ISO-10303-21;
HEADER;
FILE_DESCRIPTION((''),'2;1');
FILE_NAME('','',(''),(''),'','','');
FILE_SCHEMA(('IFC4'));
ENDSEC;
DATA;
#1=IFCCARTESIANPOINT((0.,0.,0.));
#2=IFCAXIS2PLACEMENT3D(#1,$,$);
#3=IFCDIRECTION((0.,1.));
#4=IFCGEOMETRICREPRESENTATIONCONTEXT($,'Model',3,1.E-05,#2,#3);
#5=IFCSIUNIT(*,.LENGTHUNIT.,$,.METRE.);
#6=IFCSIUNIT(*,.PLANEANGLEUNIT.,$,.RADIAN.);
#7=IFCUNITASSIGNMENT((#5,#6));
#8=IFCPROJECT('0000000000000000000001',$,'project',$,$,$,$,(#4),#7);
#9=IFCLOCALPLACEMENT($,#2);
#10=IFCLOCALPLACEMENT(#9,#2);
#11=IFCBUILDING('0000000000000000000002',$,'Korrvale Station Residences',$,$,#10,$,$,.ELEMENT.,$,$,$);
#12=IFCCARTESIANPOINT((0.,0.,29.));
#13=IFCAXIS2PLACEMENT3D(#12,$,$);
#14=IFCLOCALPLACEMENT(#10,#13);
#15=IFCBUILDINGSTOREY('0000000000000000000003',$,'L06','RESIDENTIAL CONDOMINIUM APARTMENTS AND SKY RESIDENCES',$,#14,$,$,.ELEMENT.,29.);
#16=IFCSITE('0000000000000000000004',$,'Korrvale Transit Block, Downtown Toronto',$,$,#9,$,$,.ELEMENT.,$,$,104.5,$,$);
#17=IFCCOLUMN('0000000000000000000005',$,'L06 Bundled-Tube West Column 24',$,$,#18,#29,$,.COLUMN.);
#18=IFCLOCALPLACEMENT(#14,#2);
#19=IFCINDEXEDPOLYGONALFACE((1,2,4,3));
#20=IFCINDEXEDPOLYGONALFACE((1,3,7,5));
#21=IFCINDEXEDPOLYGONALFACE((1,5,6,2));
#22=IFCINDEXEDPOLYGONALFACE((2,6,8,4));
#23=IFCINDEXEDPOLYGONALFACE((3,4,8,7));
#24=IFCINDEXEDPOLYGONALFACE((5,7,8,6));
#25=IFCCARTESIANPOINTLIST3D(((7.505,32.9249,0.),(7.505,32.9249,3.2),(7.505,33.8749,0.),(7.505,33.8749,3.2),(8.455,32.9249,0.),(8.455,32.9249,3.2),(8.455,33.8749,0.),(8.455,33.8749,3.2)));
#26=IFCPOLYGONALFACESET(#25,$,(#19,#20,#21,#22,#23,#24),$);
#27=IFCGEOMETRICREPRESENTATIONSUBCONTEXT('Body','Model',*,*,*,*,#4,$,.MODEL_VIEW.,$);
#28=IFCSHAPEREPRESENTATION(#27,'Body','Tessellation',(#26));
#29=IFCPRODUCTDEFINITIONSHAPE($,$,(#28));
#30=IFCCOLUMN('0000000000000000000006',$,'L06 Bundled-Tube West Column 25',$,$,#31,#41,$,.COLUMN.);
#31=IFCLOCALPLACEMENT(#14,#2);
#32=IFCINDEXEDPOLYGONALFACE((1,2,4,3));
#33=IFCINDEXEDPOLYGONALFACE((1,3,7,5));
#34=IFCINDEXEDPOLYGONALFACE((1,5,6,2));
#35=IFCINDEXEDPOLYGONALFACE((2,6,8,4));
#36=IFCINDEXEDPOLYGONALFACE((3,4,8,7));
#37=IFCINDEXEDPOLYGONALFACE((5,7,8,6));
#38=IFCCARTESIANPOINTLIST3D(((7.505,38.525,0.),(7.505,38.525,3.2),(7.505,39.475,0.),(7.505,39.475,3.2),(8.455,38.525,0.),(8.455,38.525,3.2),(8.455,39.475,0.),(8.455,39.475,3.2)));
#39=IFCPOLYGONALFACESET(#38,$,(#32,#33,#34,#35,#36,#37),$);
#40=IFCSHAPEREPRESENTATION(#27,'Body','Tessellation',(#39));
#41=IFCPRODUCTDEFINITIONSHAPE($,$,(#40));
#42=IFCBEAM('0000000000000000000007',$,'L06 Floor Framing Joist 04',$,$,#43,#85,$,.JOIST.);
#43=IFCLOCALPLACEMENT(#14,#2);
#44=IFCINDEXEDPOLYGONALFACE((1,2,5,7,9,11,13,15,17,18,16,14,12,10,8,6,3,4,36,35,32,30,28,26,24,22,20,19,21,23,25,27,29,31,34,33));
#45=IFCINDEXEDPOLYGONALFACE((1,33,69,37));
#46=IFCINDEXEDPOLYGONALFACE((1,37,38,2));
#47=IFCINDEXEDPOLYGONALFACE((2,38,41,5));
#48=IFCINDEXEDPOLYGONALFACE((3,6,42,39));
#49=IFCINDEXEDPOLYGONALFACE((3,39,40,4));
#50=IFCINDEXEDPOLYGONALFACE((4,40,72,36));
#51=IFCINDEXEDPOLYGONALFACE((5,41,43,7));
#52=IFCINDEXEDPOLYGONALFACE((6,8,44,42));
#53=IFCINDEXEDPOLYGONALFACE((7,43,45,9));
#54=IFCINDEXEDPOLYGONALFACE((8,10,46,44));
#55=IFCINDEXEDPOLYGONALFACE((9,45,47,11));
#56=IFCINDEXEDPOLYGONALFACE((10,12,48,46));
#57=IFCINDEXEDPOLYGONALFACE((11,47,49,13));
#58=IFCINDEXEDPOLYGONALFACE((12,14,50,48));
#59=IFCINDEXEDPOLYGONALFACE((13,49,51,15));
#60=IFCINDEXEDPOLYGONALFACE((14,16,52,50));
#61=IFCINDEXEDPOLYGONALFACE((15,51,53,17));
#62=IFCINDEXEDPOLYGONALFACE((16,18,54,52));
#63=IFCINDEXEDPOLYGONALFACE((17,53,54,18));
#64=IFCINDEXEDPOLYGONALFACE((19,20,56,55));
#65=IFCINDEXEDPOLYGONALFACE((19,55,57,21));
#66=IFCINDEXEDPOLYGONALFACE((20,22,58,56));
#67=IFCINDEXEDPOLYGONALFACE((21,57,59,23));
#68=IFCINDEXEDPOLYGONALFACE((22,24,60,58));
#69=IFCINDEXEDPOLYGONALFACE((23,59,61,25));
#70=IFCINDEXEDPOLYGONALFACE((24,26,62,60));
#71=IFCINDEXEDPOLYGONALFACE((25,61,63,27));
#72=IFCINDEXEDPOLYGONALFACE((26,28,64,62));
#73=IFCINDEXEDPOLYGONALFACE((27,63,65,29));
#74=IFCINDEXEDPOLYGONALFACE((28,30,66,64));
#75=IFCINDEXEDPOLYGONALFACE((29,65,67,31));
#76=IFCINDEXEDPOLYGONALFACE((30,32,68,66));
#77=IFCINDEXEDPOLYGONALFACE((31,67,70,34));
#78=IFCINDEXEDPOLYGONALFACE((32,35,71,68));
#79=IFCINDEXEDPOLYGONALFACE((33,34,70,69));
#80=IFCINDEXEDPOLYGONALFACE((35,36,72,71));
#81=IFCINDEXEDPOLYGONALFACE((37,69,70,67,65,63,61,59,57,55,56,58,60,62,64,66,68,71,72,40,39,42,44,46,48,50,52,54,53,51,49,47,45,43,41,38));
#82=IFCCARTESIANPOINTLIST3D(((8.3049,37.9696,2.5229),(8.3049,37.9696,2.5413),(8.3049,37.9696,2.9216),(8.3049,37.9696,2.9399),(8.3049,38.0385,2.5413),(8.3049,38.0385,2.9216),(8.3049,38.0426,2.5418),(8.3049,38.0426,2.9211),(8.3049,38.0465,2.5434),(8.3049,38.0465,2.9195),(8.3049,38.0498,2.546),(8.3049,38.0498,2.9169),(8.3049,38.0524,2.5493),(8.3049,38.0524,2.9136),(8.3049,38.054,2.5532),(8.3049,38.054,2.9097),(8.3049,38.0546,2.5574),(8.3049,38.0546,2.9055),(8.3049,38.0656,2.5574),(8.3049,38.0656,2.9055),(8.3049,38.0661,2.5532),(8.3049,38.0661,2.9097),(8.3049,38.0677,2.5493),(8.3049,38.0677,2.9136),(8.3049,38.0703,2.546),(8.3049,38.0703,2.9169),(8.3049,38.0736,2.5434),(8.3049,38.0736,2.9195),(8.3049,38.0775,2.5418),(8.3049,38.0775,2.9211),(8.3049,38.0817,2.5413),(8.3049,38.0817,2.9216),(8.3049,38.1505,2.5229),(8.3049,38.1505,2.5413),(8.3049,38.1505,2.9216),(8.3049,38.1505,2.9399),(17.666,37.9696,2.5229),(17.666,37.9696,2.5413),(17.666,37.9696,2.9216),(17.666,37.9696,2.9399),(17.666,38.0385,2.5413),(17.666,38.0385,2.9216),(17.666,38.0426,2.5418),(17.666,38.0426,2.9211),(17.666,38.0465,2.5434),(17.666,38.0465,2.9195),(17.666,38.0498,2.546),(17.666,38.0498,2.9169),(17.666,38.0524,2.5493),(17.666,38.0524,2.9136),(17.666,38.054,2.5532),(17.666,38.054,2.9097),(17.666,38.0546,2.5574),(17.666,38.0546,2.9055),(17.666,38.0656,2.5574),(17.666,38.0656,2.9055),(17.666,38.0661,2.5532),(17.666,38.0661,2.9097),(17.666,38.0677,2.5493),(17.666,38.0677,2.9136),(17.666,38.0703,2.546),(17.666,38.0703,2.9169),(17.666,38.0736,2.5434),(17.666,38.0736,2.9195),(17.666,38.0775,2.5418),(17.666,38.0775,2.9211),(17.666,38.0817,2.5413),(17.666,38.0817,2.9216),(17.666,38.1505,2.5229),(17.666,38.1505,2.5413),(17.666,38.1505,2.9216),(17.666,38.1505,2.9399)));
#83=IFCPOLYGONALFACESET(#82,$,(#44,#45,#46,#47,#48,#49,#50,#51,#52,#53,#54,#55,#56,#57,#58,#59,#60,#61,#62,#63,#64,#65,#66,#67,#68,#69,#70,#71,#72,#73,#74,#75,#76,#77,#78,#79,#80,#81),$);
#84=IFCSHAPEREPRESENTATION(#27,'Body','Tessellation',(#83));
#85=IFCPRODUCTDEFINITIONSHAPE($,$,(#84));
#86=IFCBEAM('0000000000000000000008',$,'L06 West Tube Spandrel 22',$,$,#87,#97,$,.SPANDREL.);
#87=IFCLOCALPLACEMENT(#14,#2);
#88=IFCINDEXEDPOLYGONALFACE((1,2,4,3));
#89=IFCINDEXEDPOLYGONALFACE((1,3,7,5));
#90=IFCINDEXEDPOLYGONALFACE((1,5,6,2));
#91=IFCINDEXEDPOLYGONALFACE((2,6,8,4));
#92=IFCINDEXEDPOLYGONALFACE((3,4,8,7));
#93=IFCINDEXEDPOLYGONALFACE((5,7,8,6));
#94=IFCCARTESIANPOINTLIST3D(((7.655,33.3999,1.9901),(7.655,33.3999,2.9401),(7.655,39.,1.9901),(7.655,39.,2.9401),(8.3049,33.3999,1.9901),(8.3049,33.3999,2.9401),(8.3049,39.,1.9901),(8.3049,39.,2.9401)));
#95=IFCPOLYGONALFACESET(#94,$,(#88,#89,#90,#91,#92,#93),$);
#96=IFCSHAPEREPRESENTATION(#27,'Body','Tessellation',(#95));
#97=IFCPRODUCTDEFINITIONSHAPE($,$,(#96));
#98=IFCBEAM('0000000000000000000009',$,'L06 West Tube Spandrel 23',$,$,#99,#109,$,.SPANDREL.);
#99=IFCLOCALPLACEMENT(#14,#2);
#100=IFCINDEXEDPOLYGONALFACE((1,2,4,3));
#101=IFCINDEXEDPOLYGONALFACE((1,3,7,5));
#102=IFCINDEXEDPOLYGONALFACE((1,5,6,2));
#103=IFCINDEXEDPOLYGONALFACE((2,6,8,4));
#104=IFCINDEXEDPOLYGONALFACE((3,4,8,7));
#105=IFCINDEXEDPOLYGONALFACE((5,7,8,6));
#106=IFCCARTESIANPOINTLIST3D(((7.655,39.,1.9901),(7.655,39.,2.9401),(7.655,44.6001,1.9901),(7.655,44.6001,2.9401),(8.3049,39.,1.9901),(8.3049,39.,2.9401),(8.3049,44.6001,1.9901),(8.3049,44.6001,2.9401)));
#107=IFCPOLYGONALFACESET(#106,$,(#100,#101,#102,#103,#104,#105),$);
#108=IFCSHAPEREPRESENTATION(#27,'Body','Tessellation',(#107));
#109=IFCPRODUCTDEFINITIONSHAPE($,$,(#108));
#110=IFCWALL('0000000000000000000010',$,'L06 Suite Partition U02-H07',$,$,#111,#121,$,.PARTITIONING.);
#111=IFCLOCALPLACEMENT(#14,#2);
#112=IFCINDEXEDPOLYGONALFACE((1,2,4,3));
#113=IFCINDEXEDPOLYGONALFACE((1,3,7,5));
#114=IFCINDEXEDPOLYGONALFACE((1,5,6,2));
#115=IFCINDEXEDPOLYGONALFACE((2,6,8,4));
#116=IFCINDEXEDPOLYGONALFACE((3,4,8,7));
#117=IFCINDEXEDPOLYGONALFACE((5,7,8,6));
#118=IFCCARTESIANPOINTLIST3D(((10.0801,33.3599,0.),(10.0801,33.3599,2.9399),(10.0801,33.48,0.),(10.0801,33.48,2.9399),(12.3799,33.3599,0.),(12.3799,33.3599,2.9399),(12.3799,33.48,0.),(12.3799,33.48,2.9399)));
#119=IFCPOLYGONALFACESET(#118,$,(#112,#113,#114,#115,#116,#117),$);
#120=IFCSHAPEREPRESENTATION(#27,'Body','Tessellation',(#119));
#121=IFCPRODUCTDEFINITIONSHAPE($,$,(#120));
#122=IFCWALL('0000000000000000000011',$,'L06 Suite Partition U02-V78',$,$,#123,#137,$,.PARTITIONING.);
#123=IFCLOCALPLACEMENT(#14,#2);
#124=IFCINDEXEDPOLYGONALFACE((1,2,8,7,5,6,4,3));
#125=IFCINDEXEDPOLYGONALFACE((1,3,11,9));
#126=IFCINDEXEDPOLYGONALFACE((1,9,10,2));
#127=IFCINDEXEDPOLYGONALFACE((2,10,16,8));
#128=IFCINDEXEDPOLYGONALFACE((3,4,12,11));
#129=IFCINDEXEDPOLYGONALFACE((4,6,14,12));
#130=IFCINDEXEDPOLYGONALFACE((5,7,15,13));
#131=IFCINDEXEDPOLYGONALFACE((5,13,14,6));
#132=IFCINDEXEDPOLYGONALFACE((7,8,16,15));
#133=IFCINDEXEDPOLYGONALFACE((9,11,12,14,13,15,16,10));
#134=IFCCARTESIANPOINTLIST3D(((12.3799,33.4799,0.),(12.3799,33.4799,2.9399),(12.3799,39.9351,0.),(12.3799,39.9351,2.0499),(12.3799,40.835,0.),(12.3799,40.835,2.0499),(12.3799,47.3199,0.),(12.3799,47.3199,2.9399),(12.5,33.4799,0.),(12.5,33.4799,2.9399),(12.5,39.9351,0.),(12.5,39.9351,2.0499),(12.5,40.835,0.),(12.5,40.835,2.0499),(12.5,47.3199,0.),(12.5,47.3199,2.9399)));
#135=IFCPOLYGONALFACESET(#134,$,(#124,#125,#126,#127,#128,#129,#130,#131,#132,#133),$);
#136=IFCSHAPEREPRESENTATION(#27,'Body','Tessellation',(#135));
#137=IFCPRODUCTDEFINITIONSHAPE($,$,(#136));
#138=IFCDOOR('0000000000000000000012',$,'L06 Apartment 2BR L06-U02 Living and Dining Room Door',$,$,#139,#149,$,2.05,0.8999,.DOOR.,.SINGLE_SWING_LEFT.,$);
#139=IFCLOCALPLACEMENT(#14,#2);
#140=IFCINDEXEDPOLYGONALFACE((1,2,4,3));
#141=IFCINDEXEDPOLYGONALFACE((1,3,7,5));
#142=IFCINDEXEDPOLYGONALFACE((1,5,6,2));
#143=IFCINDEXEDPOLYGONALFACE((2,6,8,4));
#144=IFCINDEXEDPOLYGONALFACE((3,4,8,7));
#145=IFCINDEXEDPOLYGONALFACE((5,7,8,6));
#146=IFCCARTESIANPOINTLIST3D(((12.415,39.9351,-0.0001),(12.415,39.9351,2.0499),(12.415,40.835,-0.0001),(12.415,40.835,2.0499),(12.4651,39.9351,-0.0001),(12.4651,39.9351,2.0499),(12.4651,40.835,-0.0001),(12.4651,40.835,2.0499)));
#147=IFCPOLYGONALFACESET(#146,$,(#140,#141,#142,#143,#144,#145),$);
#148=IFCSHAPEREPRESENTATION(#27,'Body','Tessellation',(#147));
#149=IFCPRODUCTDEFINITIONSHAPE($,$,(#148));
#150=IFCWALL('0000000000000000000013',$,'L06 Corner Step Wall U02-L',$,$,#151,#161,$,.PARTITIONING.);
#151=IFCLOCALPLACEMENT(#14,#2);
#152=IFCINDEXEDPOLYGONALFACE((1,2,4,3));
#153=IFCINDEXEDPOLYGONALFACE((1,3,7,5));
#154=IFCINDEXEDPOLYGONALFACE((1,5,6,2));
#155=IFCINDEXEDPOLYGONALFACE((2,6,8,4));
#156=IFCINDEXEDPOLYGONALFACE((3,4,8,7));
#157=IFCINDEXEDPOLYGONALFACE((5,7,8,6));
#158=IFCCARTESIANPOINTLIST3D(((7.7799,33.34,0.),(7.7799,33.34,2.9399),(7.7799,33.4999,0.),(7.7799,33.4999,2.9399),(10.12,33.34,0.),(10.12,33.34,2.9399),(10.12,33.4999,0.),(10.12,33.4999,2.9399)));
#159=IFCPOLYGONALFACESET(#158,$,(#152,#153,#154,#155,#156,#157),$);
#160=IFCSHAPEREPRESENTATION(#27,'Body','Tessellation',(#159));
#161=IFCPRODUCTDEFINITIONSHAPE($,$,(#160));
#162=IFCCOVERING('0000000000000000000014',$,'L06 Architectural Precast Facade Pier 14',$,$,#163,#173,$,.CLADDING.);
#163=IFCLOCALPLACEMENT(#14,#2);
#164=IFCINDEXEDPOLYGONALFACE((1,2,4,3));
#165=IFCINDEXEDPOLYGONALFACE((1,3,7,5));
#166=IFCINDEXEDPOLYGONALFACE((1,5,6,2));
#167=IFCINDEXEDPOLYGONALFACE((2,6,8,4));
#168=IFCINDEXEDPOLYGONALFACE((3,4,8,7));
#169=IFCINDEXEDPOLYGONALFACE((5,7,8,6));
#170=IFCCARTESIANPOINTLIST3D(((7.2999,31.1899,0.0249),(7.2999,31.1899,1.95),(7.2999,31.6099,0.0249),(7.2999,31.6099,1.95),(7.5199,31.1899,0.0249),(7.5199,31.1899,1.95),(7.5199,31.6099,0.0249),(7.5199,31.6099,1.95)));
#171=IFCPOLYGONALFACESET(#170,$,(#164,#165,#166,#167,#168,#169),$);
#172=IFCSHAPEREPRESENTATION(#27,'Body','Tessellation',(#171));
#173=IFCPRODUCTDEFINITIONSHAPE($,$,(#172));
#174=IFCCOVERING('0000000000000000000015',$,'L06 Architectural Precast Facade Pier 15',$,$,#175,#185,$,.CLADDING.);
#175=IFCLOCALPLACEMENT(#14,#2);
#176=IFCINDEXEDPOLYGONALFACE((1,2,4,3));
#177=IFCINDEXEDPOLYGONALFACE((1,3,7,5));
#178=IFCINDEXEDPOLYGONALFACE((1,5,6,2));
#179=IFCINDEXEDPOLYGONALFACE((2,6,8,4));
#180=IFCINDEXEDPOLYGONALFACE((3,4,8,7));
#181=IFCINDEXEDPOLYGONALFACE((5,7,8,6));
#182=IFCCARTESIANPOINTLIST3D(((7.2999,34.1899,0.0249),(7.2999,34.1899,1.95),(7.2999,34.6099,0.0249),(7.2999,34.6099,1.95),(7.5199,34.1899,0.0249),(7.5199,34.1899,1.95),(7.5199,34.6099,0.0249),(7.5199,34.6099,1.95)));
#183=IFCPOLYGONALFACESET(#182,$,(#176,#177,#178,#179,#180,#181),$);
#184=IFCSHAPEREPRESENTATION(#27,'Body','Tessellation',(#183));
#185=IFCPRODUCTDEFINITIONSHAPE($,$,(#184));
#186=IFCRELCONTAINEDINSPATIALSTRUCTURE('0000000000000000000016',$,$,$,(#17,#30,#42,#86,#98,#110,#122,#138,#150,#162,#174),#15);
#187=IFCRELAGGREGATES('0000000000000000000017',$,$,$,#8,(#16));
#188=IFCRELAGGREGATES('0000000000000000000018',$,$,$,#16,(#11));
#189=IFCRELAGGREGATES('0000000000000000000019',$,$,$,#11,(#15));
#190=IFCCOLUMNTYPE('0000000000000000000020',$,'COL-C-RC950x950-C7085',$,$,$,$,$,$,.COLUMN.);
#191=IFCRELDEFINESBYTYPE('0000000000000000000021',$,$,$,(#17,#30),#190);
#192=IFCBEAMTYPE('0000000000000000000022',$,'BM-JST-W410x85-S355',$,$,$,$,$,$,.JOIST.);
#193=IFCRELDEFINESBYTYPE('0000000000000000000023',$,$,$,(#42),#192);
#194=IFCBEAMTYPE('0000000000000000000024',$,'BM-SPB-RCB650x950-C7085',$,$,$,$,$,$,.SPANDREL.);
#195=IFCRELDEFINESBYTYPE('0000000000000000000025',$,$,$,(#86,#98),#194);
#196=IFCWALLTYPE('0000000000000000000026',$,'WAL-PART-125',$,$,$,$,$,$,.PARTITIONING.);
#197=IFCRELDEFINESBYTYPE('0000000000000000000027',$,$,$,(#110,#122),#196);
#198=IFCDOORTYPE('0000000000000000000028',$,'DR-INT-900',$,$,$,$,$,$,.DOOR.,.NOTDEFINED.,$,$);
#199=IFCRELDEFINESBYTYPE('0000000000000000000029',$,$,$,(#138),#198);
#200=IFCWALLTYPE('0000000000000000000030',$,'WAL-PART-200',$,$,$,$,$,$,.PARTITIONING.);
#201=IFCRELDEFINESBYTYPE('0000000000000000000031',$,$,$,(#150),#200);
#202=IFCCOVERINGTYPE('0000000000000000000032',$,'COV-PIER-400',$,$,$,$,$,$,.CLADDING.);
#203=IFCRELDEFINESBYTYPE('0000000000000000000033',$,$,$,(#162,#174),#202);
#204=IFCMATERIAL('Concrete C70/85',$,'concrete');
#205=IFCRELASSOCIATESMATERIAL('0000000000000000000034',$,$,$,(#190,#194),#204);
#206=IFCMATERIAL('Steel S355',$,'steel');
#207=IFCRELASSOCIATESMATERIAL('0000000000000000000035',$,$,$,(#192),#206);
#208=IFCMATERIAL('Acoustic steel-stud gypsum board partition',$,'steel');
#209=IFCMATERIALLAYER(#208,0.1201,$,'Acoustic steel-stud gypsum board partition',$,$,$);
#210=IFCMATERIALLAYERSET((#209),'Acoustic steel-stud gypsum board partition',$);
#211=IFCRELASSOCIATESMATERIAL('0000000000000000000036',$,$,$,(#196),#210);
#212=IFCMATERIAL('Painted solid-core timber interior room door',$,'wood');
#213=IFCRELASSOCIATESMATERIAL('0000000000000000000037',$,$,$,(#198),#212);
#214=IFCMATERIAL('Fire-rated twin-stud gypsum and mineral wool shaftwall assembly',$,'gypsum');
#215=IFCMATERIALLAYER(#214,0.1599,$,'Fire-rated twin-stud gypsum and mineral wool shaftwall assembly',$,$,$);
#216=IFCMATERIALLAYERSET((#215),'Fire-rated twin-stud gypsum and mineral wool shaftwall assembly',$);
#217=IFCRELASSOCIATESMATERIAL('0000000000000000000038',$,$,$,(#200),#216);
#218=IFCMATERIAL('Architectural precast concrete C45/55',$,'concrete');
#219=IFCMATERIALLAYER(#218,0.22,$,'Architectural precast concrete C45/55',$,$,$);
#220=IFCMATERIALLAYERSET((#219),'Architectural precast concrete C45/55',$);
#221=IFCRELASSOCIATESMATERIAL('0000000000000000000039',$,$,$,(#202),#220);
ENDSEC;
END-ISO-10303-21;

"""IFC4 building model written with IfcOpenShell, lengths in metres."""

from ifc_helpers import new_model, si_unit, direction, frame, frame_2d, origin, origin_2d, place, context, subcontext, project, spatial, rectangle, i_section, extrude, material, layer, layer_set, material_profile, profile_set, type_object, element, fill, save


model = new_model("IFC4")

# Units and contexts
model_context = context("Model", 3, precision=1e-05, world=origin(), true_north=direction((0.0, 1.0)))
body_context = subcontext(model_context, "Body", "Model", "MODEL_VIEW")
ifc_project = project(units=[si_unit("LENGTHUNIT", "METRE"), si_unit("PLANEANGLEUNIT", "RADIAN")], contexts=[model_context])

# Site, building, storey
site_placement = place(None, origin())
site = spatial("IfcSite", under=ifc_project, at=site_placement, Name="Korrvale Transit Block, Downtown Toronto", CompositionType="ELEMENT", RefElevation=104.5)
building_placement = place(site_placement, origin())
building = spatial("IfcBuilding", under=site, at=building_placement, Name="Korrvale Station Residences", CompositionType="ELEMENT")
storey_placement = place(building_placement, frame((0.0, 0.0, 29.0)))
storey = spatial("IfcBuildingStorey", under=building, at=storey_placement, Name="L06", Description="RESIDENTIAL CONDOMINIUM APARTMENTS AND SKY RESIDENCES", CompositionType="ELEMENT", Elevation=29.0)

# Columns
ifc_material_1 = material(Name="Concrete C70/85", Category="concrete")
ifc_material_profile_1 = material_profile(ifc_material_1, rectangle(XDim=0.95, YDim=0.95, at=origin_2d()), Name="RC950x950")
ifc_profile_set_1 = profile_set([ifc_material_profile_1], Name="Concrete C70/85")
column_type = type_object("IfcColumnType", Name="COL-C-RC950x950-C7085", PredefinedType="COLUMN", material=ifc_profile_set_1)
for number, where, z_axis, x_axis, name in (
    (1, (7.98, 33.3999, 0.0), (0.0, 0.0, 1.0), (1.0, 0.0, 0.0), "L06 Bundled-Tube West Column 24"),
    (2, (7.98, 39.0, 0.0), (0.0, 0.0, 1.0), (1.0, 0.0, 0.0), "L06 Bundled-Tube West Column 25"),
):
    element("IfcColumn", number, at=place(storey_placement, frame(where, z_axis=z_axis, x_axis=x_axis)), inside=storey, type_object=column_type, Name=name, PredefinedType="COLUMN", context=body_context, shape_type="SweptSolid", body=[
        extrude(rectangle(XDim=0.95, YDim=0.95, at=origin_2d()), origin(), (0.0, 0.0, 1.0), 3.2),
    ])

# Beams
ifc_material_2 = material(Name="Steel S355", Category="steel")
ifc_material_profile_2 = material_profile(ifc_material_2, i_section(OverallWidth=0.1809, OverallDepth=0.417, WebThickness=0.011, FlangeThickness=0.0183, FilletRadius=0.0161, at=origin_2d()), Name="W410x85")
ifc_profile_set_2 = profile_set([ifc_material_profile_2], Name="Steel S355")
beam_type_1 = type_object("IfcBeamType", Name="BM-JST-W410x85-S355", PredefinedType="JOIST", material=ifc_profile_set_2)
beam_placement = place(storey_placement, frame((8.3049, 38.0601, 2.7314), z_axis=(1.0, 0.0, 0.0), x_axis=(0.0, 1.0, 0.0)))
element("IfcBeam", 3, at=beam_placement, inside=storey, type_object=beam_type_1, Name="L06 Floor Framing Joist 04", PredefinedType="JOIST", context=body_context, shape_type="SweptSolid", body=[
    extrude(i_section(OverallWidth=0.1809, OverallDepth=0.417, WebThickness=0.011, FlangeThickness=0.0183, FilletRadius=0.0161, at=origin_2d()), origin(), (0.0, 0.0, 1.0), 9.3611),
])
ifc_material_profile_3 = material_profile(ifc_material_1, rectangle(XDim=0.6499, YDim=0.95, at=origin_2d()), Name="RCB650x950")
ifc_profile_set_3 = profile_set([ifc_material_profile_3], Name="Concrete C70/85")
beam_type_2 = type_object("IfcBeamType", Name="BM-SPB-RCB650x950-C7085", PredefinedType="SPANDREL", material=ifc_profile_set_3)
for number, where, z_axis, x_axis, name in (
    (4, (7.98, 33.3999, 2.4651), (0.0, 1.0, 0.0), (-1.0, 0.0, 0.0), "L06 West Tube Spandrel 22"),
    (5, (7.98, 39.0, 2.4651), (0.0, 1.0, 0.0), (-1.0, 0.0, 0.0), "L06 West Tube Spandrel 23"),
):
    element("IfcBeam", number, at=place(storey_placement, frame(where, z_axis=z_axis, x_axis=x_axis)), inside=storey, type_object=beam_type_2, Name=name, PredefinedType="SPANDREL", context=body_context, shape_type="SweptSolid", body=[
        extrude(rectangle(XDim=0.6499, YDim=0.95, at=origin_2d()), origin(), (0.0, 0.0, 1.0), 5.6001),
    ])

# Wall
ifc_material_3 = material(Name="Acoustic steel-stud gypsum board partition", Category="steel")
ifc_layer_1 = layer(ifc_material_3, 0.1201, Name="Acoustic steel-stud gypsum board partition")
ifc_layer_set_1 = layer_set([ifc_layer_1], Name="Acoustic steel-stud gypsum board partition")
wall_type_1 = type_object("IfcWallType", Name="WAL-PART-125", PredefinedType="PARTITIONING", material=ifc_layer_set_1)
wall_1_placement = place(storey_placement, frame((10.0801, 33.4199, 0.0), z_axis=(0.0, 0.0, 1.0), x_axis=(1.0, 0.0, 0.0)))
element("IfcWall", 6, at=wall_1_placement, inside=storey, type_object=wall_type_1, Name="L06 Suite Partition U02-H07", PredefinedType="PARTITIONING", context=body_context, shape_type="SweptSolid", body=[
    extrude(rectangle(XDim=2.2998, YDim=0.1201, at=frame_2d((1.1499, 0.0))), origin(), (0.0, 0.0, 1.0), 2.9399),
])

# Wall, opening, door
wall_2_placement = place(storey_placement, frame((12.4399, 33.48, 0.0), z_axis=(0.0, 0.0, 1.0), x_axis=(0.0, 1.0, 0.0)))
wall_2 = element("IfcWall", 7, at=wall_2_placement, inside=storey, type_object=wall_type_1, Name="L06 Suite Partition U02-V78", PredefinedType="PARTITIONING", context=body_context, shape_type="SweptSolid", body=[
    extrude(rectangle(XDim=13.8401, YDim=0.1201, at=frame_2d((6.9199, 0.0))), origin(), (0.0, 0.0, 1.0), 2.9399),
])
opening_placement = place(wall_2_placement, frame((6.4551, 0.0, 0.0)))
opening = element("IfcOpeningElement", 8, at=opening_placement, cuts=wall_2, PredefinedType="OPENING", context=body_context, shape_type="SweptSolid", body=[
    extrude(rectangle(XDim=0.8999, YDim=2.05, at=frame_2d((0.45, 1.0249))), frame((0.0, 0.0701, 0.0), z_axis=(0.0, -1.0, 0.0), x_axis=(1.0, 0.0, 0.0)), (0.0, 0.0, 1.0), 0.1401),
])
ifc_material_4 = material(Name="Painted solid-core timber interior room door", Category="wood")
door_type = type_object("IfcDoorType", Name="DR-INT-900", OperationType="NOTDEFINED", PredefinedType="DOOR", material=ifc_material_4)
door_placement = place(opening_placement, origin())
door = element("IfcDoor", 9, at=door_placement, inside=storey, type_object=door_type, Name="L06 Apartment 2BR L06-U02 Living and Dining Room Door", OperationType="SINGLE_SWING_LEFT", OverallHeight=2.05, OverallWidth=0.8999, PredefinedType="DOOR", context=body_context, shape_type="SweptSolid", body=[
    extrude(rectangle(XDim=0.8999, YDim=2.05, at=frame_2d((0.45, 1.0249))), frame((0.0, 0.0249, 0.0), z_axis=(0.0, -1.0, 0.0), x_axis=(1.0, 0.0, 0.0)), (0.0, 0.0, 1.0), 0.05),
])
fill(opening, door)

# Wall
ifc_material_5 = material(Name="Fire-rated twin-stud gypsum and mineral wool shaftwall assembly", Category="gypsum")
ifc_layer_2 = layer(ifc_material_5, 0.1599, Name="Fire-rated twin-stud gypsum and mineral wool shaftwall assembly")
ifc_layer_set_2 = layer_set([ifc_layer_2], Name="Fire-rated twin-stud gypsum and mineral wool shaftwall assembly")
wall_type_2 = type_object("IfcWallType", Name="WAL-PART-200", PredefinedType="PARTITIONING", material=ifc_layer_set_2)
wall_3_placement = place(storey_placement, frame((7.78, 33.4199, 0.0), z_axis=(0.0, 0.0, 1.0), x_axis=(1.0, 0.0, 0.0)))
element("IfcWall", 10, at=wall_3_placement, inside=storey, type_object=wall_type_2, Name="L06 Corner Step Wall U02-L", PredefinedType="PARTITIONING", context=body_context, shape_type="SweptSolid", body=[
    extrude(rectangle(XDim=2.3401, YDim=0.1599, at=frame_2d((1.1699, 0.0))), origin(), (0.0, 0.0, 1.0), 2.9399),
])

# Coverings
ifc_material_6 = material(Name="Architectural precast concrete C45/55", Category="concrete")
ifc_layer_3 = layer(ifc_material_6, 0.22, Name="Architectural precast concrete C45/55")
ifc_layer_set_3 = layer_set([ifc_layer_3], Name="Architectural precast concrete C45/55")
covering_type = type_object("IfcCoveringType", Name="COV-PIER-400", PredefinedType="CLADDING", material=ifc_layer_set_3)
for number, where, z_axis, x_axis, name in (
    (11, (7.4099, 31.3999, 0.0249), (0.0, 0.0, 1.0), (0.0, 1.0, 0.0), "L06 Architectural Precast Facade Pier 14"),
    (12, (7.4099, 34.3999, 0.0249), (0.0, 0.0, 1.0), (0.0, 1.0, 0.0), "L06 Architectural Precast Facade Pier 15"),
):
    element("IfcCovering", number, at=place(storey_placement, frame(where, z_axis=z_axis, x_axis=x_axis)), inside=storey, type_object=covering_type, Name=name, PredefinedType="CLADDING", context=body_context, shape_type="SweptSolid", body=[
        extrude(rectangle(XDim=0.4199, YDim=0.22, at=origin_2d()), origin(), (0.0, 0.0, 1.0), 1.925),
    ])

save(model, "model.ifc")
